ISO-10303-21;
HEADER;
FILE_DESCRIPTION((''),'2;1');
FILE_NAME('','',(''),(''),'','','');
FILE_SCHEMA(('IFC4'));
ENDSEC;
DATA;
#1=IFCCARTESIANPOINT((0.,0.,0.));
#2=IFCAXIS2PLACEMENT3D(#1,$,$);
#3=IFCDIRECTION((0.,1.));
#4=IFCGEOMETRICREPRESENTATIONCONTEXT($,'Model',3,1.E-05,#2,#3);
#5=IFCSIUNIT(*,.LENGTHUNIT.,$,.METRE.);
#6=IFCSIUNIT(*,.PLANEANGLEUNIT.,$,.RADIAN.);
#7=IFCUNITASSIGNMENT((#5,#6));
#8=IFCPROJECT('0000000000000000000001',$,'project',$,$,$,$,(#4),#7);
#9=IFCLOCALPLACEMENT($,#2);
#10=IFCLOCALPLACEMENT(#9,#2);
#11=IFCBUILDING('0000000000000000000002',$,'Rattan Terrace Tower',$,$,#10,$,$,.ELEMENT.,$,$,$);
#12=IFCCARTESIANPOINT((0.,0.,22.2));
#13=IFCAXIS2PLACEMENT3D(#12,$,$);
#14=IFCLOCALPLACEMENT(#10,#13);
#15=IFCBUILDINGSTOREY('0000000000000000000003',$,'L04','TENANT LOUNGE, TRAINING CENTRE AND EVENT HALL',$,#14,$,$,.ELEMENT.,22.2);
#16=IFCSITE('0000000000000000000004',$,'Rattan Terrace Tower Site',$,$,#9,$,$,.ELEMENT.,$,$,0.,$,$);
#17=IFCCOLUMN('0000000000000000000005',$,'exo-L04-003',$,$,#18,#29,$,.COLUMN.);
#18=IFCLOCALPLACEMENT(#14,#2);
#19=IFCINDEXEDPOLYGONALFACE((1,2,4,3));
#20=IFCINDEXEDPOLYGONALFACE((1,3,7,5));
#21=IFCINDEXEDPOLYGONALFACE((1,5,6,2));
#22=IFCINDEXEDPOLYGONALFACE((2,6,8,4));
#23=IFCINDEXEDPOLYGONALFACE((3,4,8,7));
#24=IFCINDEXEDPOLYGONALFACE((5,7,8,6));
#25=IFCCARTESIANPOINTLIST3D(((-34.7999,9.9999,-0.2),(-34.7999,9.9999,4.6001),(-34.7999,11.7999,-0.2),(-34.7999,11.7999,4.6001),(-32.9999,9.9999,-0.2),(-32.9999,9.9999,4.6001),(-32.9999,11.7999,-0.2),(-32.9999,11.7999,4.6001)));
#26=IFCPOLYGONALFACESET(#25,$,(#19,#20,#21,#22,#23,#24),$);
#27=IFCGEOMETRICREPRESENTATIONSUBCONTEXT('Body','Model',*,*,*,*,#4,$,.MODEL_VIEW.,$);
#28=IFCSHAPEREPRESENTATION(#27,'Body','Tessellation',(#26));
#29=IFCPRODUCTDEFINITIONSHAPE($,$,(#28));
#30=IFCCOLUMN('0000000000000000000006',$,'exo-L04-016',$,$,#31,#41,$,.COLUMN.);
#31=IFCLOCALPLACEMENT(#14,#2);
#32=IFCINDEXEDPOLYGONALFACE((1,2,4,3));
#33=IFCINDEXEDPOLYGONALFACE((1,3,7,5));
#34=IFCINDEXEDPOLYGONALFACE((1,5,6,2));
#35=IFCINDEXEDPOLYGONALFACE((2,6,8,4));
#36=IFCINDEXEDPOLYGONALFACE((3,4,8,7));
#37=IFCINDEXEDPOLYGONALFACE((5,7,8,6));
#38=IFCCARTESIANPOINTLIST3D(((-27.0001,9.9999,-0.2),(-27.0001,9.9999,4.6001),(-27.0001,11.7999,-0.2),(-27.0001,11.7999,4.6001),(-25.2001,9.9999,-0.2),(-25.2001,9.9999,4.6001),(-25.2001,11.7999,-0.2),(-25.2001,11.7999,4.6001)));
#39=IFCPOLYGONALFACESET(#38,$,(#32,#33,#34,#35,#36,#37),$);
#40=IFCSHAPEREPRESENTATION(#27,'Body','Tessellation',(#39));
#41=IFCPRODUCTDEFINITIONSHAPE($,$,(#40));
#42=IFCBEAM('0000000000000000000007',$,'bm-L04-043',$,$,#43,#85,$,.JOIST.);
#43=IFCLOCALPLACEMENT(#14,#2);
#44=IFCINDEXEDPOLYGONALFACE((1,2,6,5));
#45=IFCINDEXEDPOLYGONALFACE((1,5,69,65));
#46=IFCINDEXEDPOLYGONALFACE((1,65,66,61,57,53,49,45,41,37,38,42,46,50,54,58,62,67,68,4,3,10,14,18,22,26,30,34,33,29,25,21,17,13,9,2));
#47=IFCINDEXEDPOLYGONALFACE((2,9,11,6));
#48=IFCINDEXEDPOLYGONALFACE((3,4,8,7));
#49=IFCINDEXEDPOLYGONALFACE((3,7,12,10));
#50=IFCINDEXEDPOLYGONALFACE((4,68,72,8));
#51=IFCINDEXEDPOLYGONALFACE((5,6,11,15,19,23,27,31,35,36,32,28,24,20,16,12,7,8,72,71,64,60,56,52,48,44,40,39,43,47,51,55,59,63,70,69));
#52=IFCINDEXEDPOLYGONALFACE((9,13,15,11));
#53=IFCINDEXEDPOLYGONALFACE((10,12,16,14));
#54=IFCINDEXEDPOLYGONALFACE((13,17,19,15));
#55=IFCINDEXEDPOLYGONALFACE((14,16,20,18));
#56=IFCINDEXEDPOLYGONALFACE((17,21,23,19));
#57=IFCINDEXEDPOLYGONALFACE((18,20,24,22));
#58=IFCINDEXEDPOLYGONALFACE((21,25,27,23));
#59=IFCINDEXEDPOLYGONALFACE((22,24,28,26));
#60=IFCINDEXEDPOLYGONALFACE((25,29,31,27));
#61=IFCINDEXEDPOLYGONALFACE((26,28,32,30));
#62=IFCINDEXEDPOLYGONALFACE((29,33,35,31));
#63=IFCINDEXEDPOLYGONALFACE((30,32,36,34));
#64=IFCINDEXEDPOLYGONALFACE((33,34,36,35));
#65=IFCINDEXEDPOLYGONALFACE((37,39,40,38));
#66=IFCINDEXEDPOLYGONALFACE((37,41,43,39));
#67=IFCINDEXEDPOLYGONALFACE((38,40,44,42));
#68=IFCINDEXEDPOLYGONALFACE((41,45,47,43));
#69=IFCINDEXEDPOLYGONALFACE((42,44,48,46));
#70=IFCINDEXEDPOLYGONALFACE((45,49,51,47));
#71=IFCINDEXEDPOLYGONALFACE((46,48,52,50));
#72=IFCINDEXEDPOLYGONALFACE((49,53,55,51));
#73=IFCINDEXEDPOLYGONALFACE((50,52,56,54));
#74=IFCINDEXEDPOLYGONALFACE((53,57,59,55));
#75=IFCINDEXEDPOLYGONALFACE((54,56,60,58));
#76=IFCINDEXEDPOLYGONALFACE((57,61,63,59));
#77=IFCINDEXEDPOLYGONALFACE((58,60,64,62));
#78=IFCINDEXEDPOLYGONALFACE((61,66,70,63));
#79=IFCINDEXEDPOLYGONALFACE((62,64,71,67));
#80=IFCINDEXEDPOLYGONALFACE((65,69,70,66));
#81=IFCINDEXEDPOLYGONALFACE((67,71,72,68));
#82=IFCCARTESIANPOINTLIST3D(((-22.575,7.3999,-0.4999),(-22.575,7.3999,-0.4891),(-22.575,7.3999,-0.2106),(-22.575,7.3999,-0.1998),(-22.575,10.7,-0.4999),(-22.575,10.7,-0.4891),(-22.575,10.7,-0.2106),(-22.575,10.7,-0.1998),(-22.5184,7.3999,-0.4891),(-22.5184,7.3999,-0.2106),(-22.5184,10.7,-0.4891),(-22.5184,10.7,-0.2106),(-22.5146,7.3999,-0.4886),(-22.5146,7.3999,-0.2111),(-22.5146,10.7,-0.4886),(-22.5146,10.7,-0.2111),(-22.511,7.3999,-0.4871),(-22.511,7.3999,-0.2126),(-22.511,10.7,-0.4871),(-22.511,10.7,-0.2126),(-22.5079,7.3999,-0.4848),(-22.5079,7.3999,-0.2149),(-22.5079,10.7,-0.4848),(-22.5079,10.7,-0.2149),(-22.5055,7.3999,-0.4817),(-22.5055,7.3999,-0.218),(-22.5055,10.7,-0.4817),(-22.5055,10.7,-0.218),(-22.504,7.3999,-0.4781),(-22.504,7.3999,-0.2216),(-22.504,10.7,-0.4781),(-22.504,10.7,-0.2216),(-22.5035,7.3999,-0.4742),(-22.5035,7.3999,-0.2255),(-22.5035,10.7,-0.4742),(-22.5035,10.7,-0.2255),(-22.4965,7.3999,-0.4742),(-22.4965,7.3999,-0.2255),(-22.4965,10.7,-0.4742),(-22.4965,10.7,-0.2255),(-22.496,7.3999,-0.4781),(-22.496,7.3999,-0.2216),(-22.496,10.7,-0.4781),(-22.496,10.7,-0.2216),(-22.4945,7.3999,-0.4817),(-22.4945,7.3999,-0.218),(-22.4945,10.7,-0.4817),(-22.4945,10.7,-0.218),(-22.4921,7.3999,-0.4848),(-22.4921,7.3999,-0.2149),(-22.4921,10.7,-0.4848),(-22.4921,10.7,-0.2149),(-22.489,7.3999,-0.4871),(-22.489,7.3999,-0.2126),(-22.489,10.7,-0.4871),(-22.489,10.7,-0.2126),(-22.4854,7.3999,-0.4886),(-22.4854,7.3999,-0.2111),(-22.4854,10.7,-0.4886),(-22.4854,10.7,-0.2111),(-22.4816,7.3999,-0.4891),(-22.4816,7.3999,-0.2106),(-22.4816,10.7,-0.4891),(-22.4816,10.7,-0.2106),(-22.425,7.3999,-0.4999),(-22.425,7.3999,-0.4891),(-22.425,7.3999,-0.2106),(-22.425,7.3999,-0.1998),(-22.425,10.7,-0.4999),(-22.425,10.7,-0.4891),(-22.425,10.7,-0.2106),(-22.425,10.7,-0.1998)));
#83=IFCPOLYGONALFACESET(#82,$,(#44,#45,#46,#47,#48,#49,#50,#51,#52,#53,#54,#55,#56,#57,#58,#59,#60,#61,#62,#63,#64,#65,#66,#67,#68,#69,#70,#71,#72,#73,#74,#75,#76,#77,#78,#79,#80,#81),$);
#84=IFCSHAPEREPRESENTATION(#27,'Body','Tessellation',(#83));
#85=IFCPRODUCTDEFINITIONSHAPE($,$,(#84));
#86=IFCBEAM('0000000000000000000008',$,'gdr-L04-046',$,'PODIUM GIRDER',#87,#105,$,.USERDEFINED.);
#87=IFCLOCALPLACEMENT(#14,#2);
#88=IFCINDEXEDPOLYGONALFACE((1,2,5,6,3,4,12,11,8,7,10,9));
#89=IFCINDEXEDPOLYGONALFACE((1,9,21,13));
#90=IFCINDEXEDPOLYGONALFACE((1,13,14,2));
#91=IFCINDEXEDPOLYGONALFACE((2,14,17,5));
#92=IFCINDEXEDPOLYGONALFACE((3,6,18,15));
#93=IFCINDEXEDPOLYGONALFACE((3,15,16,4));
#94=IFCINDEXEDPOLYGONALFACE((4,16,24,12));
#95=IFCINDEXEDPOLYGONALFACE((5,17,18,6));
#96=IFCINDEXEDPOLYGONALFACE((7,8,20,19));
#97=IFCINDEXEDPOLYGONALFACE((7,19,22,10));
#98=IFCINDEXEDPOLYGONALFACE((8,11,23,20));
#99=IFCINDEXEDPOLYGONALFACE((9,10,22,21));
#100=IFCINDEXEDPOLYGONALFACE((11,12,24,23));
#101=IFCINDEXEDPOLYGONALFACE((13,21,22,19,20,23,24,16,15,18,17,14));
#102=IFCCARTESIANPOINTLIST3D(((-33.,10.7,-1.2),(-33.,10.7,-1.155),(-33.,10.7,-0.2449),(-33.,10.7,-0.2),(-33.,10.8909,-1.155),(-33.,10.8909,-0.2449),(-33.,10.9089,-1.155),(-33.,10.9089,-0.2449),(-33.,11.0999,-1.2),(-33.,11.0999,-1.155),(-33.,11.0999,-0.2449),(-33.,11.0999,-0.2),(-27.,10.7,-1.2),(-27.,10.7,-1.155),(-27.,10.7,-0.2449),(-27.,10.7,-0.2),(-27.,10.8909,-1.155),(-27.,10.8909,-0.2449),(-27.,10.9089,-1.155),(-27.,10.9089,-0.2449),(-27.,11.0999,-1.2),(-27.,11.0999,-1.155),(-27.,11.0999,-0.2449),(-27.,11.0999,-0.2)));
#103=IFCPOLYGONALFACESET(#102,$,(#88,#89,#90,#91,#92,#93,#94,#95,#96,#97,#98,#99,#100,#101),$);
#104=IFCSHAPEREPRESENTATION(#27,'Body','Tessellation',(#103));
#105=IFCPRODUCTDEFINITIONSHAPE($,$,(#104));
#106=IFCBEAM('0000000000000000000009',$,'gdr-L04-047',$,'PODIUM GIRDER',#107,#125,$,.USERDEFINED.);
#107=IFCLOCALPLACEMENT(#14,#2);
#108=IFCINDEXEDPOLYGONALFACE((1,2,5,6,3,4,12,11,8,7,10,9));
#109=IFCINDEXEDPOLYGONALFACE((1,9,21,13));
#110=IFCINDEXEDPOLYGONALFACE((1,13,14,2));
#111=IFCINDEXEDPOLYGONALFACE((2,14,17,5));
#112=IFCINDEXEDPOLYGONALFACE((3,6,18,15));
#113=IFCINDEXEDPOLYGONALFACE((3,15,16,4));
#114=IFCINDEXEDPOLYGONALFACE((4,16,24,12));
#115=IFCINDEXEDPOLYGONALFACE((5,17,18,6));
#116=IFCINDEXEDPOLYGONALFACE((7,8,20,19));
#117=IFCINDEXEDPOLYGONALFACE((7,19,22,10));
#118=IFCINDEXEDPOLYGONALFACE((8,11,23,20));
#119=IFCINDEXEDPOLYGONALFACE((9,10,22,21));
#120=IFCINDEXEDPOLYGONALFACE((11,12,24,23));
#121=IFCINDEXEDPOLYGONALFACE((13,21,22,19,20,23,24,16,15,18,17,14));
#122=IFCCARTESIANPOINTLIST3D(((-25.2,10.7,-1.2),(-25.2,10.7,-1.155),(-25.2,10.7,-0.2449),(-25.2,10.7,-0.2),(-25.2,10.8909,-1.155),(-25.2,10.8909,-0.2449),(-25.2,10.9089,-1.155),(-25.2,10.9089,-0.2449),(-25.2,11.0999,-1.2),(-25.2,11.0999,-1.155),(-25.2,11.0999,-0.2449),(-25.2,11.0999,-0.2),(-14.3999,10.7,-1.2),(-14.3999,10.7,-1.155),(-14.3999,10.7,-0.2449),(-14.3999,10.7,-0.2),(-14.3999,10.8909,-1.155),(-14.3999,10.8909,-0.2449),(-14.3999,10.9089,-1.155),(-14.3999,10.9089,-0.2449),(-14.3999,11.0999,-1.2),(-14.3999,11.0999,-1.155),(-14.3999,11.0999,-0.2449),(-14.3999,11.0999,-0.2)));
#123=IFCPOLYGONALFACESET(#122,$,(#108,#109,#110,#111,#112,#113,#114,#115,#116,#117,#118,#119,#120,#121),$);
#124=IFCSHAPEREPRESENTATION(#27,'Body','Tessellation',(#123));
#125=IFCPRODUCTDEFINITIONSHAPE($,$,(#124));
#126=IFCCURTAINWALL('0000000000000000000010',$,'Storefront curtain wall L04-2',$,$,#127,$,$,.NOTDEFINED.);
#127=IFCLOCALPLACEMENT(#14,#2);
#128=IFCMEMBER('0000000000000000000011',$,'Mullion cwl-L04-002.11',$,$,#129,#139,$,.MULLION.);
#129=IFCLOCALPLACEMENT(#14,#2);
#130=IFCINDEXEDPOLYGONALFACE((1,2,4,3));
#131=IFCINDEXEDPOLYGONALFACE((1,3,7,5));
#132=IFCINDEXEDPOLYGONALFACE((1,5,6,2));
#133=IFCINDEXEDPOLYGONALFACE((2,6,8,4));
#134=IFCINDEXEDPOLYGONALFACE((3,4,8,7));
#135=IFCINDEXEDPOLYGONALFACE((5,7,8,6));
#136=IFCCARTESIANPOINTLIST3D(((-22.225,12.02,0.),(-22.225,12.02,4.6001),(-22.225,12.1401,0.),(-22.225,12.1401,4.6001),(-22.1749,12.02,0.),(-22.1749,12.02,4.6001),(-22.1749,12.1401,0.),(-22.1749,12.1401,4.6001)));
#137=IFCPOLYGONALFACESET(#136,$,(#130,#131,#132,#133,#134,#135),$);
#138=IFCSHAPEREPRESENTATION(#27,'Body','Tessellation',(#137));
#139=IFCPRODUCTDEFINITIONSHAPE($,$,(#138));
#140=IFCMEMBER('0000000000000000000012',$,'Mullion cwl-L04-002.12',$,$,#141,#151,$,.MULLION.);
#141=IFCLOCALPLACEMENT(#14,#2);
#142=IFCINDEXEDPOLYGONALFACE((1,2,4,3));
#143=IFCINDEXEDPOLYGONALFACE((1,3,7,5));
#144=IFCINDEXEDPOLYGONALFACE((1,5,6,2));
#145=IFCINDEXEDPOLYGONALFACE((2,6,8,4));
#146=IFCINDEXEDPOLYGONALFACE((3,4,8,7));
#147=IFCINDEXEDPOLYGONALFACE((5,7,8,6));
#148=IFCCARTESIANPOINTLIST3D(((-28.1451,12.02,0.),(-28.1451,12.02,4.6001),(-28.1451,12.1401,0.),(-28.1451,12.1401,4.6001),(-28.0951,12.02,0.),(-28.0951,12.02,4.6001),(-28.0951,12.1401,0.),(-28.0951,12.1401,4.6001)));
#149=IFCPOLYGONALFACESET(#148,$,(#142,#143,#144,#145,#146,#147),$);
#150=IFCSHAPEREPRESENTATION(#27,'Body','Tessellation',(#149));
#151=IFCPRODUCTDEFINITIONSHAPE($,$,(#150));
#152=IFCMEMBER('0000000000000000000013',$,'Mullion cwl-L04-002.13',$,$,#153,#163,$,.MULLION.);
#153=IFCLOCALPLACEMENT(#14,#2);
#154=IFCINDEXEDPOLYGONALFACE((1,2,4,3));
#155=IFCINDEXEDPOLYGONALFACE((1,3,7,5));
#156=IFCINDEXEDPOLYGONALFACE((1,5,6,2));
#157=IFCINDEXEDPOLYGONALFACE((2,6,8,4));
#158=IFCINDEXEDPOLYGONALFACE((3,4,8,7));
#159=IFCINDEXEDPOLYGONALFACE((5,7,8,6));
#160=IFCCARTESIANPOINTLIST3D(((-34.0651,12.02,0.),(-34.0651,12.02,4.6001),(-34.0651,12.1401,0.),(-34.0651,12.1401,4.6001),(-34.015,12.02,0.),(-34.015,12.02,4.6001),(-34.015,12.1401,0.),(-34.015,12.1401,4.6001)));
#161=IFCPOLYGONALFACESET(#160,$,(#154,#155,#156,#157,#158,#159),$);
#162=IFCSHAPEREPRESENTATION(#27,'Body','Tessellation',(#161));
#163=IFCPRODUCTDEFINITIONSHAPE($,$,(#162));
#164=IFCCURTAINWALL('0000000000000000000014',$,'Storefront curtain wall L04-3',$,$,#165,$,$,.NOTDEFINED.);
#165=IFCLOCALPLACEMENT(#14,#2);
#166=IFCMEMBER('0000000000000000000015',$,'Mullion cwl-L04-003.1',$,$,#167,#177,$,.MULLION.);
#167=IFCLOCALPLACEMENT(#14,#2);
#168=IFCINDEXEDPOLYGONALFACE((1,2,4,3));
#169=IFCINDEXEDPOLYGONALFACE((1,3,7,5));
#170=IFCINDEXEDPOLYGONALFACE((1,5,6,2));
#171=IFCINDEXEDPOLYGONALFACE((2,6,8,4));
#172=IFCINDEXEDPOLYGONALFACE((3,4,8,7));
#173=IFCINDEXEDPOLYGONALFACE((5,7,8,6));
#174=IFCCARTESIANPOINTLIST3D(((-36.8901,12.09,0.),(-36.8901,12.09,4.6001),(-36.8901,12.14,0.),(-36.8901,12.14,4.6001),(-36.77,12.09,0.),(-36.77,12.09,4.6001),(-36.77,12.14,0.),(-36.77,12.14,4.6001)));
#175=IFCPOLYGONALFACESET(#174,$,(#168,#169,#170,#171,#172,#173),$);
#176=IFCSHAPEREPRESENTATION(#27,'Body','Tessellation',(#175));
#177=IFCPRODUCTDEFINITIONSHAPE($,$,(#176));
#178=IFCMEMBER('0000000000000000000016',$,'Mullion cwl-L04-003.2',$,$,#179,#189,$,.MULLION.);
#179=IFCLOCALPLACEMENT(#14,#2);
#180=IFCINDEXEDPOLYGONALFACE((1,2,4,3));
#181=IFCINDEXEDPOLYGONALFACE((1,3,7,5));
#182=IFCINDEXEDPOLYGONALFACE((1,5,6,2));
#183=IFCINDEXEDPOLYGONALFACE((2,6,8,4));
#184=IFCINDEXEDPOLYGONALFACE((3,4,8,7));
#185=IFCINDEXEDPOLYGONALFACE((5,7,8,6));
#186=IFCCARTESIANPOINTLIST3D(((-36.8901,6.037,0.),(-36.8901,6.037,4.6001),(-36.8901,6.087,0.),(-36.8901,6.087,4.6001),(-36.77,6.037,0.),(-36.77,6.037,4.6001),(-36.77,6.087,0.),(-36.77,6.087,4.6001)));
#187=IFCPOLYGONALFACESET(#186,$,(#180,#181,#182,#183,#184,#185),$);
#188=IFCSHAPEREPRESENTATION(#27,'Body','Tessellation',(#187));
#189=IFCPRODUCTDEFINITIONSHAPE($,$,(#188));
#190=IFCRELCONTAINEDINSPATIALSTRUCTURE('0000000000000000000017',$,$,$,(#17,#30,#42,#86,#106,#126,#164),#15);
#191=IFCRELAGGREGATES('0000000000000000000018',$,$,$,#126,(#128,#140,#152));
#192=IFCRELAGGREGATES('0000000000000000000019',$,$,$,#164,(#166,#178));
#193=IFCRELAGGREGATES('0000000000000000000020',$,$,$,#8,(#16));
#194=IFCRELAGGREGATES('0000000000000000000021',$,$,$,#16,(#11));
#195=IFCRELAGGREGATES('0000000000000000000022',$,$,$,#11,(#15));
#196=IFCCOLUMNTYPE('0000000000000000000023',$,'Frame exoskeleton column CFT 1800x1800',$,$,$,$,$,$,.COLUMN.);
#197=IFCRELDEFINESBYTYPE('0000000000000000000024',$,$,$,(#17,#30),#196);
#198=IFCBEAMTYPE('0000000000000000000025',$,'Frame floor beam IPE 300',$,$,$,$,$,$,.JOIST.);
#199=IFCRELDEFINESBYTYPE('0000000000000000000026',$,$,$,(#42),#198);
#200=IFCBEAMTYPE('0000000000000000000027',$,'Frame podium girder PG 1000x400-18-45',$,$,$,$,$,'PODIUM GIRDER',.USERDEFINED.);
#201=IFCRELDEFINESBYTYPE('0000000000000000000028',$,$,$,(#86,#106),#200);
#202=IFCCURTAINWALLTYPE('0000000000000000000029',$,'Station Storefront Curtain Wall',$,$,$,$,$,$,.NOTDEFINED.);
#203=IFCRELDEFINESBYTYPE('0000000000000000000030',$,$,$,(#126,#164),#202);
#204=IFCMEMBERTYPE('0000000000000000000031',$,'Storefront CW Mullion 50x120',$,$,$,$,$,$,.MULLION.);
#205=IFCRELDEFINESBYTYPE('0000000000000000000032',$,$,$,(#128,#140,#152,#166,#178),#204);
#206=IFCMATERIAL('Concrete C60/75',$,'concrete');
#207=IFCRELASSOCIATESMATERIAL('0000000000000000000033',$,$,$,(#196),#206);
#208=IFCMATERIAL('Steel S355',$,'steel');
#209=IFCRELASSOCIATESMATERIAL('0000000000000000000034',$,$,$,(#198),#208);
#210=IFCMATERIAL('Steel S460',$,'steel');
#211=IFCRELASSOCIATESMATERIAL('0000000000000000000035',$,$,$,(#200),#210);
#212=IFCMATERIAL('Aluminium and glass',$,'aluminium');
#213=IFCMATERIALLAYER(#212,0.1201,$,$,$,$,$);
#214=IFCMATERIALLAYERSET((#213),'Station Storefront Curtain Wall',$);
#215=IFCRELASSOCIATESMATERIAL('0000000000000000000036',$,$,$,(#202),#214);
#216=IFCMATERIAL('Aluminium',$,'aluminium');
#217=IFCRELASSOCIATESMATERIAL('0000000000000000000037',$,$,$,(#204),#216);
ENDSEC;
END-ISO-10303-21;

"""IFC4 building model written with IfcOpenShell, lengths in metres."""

from ifc_helpers import new_model, si_unit, direction, frame, origin, origin_2d, place, context, subcontext, project, spatial, rectangle, i_section, extrude, material, layer, layer_set, material_profile, profile_set, type_object, element, aggregate, save


model = new_model("IFC4")

# Units and contexts
model_context = context("Model", 3, precision=1e-05, world=origin(), true_north=direction((0.0, 1.0)))
body_context = subcontext(model_context, "Body", "Model", "MODEL_VIEW")
ifc_project = project(units=[si_unit("LENGTHUNIT", "METRE"), si_unit("PLANEANGLEUNIT", "RADIAN")], contexts=[model_context])

# Site, building, storey
site_placement = place(None, origin())
site = spatial("IfcSite", under=ifc_project, at=site_placement, Name="Rattan Terrace Tower Site", CompositionType="ELEMENT", RefElevation=0.0)
building_placement = place(site_placement, origin())
building = spatial("IfcBuilding", under=site, at=building_placement, Name="Rattan Terrace Tower", CompositionType="ELEMENT")
storey_placement = place(building_placement, frame((0.0, 0.0, 22.2)))
storey = spatial("IfcBuildingStorey", under=building, at=storey_placement, Name="L04", Description="TENANT LOUNGE, TRAINING CENTRE AND EVENT HALL", CompositionType="ELEMENT", Elevation=22.2)

# Columns
ifc_material_1 = material(Name="Concrete C60/75", Category="concrete")
ifc_material_profile_1 = material_profile(ifc_material_1, rectangle(XDim=1.8, YDim=1.8, at=origin_2d()), Name="CFT 1800x1800")
ifc_profile_set_1 = profile_set([ifc_material_profile_1], Name="Concrete C60/75")
column_type = type_object("IfcColumnType", Name="Frame exoskeleton column CFT 1800x1800", PredefinedType="COLUMN", material=ifc_profile_set_1)
for number, where, z_axis, x_axis, name in (
    (1, (-33.8999, 10.8999, -0.2), (0.0, 0.0, 1.0), (1.0, 0.0, 0.0), "exo-L04-003"),
    (2, (-26.1001, 10.8999, -0.2), (0.0, 0.0, 1.0), (1.0, 0.0, 0.0), "exo-L04-016"),
):
    element("IfcColumn", number, at=place(storey_placement, frame(where, z_axis=z_axis, x_axis=x_axis)), inside=storey, type_object=column_type, Name=name, PredefinedType="COLUMN", context=body_context, shape_type="SweptSolid", body=[
        extrude(rectangle(XDim=1.8, YDim=1.8, at=origin_2d()), origin(), (0.0, 0.0, 1.0), 4.8),
    ])

# Beams
ifc_material_2 = material(Name="Steel S355", Category="steel")
ifc_material_profile_2 = material_profile(ifc_material_2, i_section(OverallWidth=0.1499, OverallDepth=0.3, WebThickness=0.0071, FlangeThickness=0.0107, FilletRadius=0.0149, at=origin_2d()), Name="IPE 300")
ifc_profile_set_2 = profile_set([ifc_material_profile_2], Name="Steel S355")
beam_type_1 = type_object("IfcBeamType", Name="Frame floor beam IPE 300", PredefinedType="JOIST", material=ifc_profile_set_2)
beam_1_placement = place(storey_placement, frame((-22.5, 7.3999, -0.3499), z_axis=(0.0, 1.0, 0.0), x_axis=(-1.0, 0.0, 0.0)))
element("IfcBeam", 3, at=beam_1_placement, inside=storey, type_object=beam_type_1, Name="bm-L04-043", PredefinedType="JOIST", context=body_context, shape_type="SweptSolid", body=[
    extrude(i_section(OverallWidth=0.1499, OverallDepth=0.3, WebThickness=0.0071, FlangeThickness=0.0107, FilletRadius=0.0149, at=origin_2d()), origin(), (0.0, 0.0, 1.0), 3.3),
])
ifc_material_3 = material(Name="Steel S460", Category="steel")
ifc_material_profile_3 = material_profile(ifc_material_3, i_section(OverallWidth=0.3999, OverallDepth=1.0, WebThickness=0.0181, FlangeThickness=0.0449, at=origin_2d()), Name="PG 1000x400-18-45")
ifc_profile_set_3 = profile_set([ifc_material_profile_3], Name="Steel S460")
beam_type_2 = type_object("IfcBeamType", Name="Frame podium girder PG 1000x400-18-45", ElementType="PODIUM GIRDER", PredefinedType="USERDEFINED", material=ifc_profile_set_3)
beam_2_placement = place(storey_placement, frame((-33.0, 10.8999, -0.7), z_axis=(1.0, 0.0, 0.0), x_axis=(0.0, 1.0, 0.0)))
element("IfcBeam", 4, at=beam_2_placement, inside=storey, type_object=beam_type_2, Name="gdr-L04-046", ObjectType="PODIUM GIRDER", PredefinedType="USERDEFINED", context=body_context, shape_type="SweptSolid", body=[
    extrude(i_section(OverallWidth=0.3999, OverallDepth=1.0, WebThickness=0.0181, FlangeThickness=0.0449, at=origin_2d()), origin(), (0.0, 0.0, 1.0), 6.0),
])
beam_3_placement = place(storey_placement, frame((-25.2, 10.8999, -0.7), z_axis=(1.0, 0.0, 0.0), x_axis=(0.0, 1.0, 0.0)))
element("IfcBeam", 5, at=beam_3_placement, inside=storey, type_object=beam_type_2, Name="gdr-L04-047", ObjectType="PODIUM GIRDER", PredefinedType="USERDEFINED", context=body_context, shape_type="SweptSolid", body=[
    extrude(i_section(OverallWidth=0.3999, OverallDepth=1.0, WebThickness=0.0181, FlangeThickness=0.0449, at=origin_2d()), origin(), (0.0, 0.0, 1.0), 10.8),
])

# Curtain walls, members
ifc_material_4 = material(Name="Aluminium and glass", Category="aluminium")
ifc_layer_1 = layer(ifc_material_4, 0.1201)
ifc_layer_set_1 = layer_set([ifc_layer_1], Name="Station Storefront Curtain Wall")
curtain_wall_type = type_object("IfcCurtainWallType", Name="Station Storefront Curtain Wall", PredefinedType="NOTDEFINED", material=ifc_layer_set_1)
curtain_wall_1_placement = place(storey_placement, origin())
curtain_wall_1 = element("IfcCurtainWall", 6, at=curtain_wall_1_placement, inside=storey, type_object=curtain_wall_type, Name="Storefront curtain wall L04-2", PredefinedType="NOTDEFINED")
ifc_material_5 = material(Name="Aluminium", Category="aluminium")
ifc_material_profile_4 = material_profile(ifc_material_5, rectangle(XDim=0.05, YDim=0.1201, at=origin_2d()), Name="Aluminium 50x120")
ifc_profile_set_4 = profile_set([ifc_material_profile_4], Name="Aluminium")
member_type_1 = type_object("IfcMemberType", Name="Storefront CW Mullion 50x120", PredefinedType="MULLION", material=ifc_profile_set_4)
member_1_placement = place(storey_placement, frame((-22.2, 12.0801, 0.0), z_axis=(0.0, 0.0, 1.0), x_axis=(-1.0, 0.0, 0.0)))
member_1 = element("IfcMember", 7, at=member_1_placement, type_object=member_type_1, Name="Mullion cwl-L04-002.11", PredefinedType="MULLION", context=body_context, shape_type="SweptSolid", body=[
    extrude(rectangle(XDim=0.05, YDim=0.1201, at=origin_2d()), origin(), (0.0, 0.0, 1.0), 4.6001),
])
member_2_placement = place(storey_placement, frame((-28.1201, 12.0801, 0.0), z_axis=(0.0, 0.0, 1.0), x_axis=(-1.0, 0.0, 0.0)))
member_2 = element("IfcMember", 8, at=member_2_placement, type_object=member_type_1, Name="Mullion cwl-L04-002.12", PredefinedType="MULLION", context=body_context, shape_type="SweptSolid", body=[
    extrude(rectangle(XDim=0.05, YDim=0.1201, at=origin_2d()), origin(), (0.0, 0.0, 1.0), 4.6001),
])
member_3_placement = place(storey_placement, frame((-34.04, 12.0801, 0.0), z_axis=(0.0, 0.0, 1.0), x_axis=(-1.0, 0.0, 0.0)))
member_3 = element("IfcMember", 9, at=member_3_placement, type_object=member_type_1, Name="Mullion cwl-L04-002.13", PredefinedType="MULLION", context=body_context, shape_type="SweptSolid", body=[
    extrude(rectangle(XDim=0.05, YDim=0.1201, at=origin_2d()), origin(), (0.0, 0.0, 1.0), 4.6001),
])
curtain_wall_2_placement = place(storey_placement, origin())
curtain_wall_2 = element("IfcCurtainWall", 10, at=curtain_wall_2_placement, inside=storey, type_object=curtain_wall_type, Name="Storefront curtain wall L04-3", PredefinedType="NOTDEFINED")
member_4_placement = place(storey_placement, frame((-36.8301, 12.115, 0.0), z_axis=(0.0, 0.0, 1.0), x_axis=(0.0, -1.0, 0.0)))
member_4 = element("IfcMember", 11, at=member_4_placement, type_object=member_type_1, Name="Mullion cwl-L04-003.1", PredefinedType="MULLION", context=body_context, shape_type="SweptSolid", body=[
    extrude(rectangle(XDim=0.05, YDim=0.1201, at=origin_2d()), origin(), (0.0, 0.0, 1.0), 4.6001),
])
member_5_placement = place(storey_placement, frame((-36.8301, 6.062, 0.0), z_axis=(0.0, 0.0, 1.0), x_axis=(0.0, -1.0, 0.0)))
member_5 = element("IfcMember", 12, at=member_5_placement, type_object=member_type_1, Name="Mullion cwl-L04-003.2", PredefinedType="MULLION", context=body_context, shape_type="SweptSolid", body=[
    extrude(rectangle(XDim=0.05, YDim=0.1201, at=origin_2d()), origin(), (0.0, 0.0, 1.0), 4.6001),
])

aggregate(curtain_wall_1, [member_1, member_2, member_3])
aggregate(curtain_wall_2, [member_4, member_5])

save(model, "model.ifc")
